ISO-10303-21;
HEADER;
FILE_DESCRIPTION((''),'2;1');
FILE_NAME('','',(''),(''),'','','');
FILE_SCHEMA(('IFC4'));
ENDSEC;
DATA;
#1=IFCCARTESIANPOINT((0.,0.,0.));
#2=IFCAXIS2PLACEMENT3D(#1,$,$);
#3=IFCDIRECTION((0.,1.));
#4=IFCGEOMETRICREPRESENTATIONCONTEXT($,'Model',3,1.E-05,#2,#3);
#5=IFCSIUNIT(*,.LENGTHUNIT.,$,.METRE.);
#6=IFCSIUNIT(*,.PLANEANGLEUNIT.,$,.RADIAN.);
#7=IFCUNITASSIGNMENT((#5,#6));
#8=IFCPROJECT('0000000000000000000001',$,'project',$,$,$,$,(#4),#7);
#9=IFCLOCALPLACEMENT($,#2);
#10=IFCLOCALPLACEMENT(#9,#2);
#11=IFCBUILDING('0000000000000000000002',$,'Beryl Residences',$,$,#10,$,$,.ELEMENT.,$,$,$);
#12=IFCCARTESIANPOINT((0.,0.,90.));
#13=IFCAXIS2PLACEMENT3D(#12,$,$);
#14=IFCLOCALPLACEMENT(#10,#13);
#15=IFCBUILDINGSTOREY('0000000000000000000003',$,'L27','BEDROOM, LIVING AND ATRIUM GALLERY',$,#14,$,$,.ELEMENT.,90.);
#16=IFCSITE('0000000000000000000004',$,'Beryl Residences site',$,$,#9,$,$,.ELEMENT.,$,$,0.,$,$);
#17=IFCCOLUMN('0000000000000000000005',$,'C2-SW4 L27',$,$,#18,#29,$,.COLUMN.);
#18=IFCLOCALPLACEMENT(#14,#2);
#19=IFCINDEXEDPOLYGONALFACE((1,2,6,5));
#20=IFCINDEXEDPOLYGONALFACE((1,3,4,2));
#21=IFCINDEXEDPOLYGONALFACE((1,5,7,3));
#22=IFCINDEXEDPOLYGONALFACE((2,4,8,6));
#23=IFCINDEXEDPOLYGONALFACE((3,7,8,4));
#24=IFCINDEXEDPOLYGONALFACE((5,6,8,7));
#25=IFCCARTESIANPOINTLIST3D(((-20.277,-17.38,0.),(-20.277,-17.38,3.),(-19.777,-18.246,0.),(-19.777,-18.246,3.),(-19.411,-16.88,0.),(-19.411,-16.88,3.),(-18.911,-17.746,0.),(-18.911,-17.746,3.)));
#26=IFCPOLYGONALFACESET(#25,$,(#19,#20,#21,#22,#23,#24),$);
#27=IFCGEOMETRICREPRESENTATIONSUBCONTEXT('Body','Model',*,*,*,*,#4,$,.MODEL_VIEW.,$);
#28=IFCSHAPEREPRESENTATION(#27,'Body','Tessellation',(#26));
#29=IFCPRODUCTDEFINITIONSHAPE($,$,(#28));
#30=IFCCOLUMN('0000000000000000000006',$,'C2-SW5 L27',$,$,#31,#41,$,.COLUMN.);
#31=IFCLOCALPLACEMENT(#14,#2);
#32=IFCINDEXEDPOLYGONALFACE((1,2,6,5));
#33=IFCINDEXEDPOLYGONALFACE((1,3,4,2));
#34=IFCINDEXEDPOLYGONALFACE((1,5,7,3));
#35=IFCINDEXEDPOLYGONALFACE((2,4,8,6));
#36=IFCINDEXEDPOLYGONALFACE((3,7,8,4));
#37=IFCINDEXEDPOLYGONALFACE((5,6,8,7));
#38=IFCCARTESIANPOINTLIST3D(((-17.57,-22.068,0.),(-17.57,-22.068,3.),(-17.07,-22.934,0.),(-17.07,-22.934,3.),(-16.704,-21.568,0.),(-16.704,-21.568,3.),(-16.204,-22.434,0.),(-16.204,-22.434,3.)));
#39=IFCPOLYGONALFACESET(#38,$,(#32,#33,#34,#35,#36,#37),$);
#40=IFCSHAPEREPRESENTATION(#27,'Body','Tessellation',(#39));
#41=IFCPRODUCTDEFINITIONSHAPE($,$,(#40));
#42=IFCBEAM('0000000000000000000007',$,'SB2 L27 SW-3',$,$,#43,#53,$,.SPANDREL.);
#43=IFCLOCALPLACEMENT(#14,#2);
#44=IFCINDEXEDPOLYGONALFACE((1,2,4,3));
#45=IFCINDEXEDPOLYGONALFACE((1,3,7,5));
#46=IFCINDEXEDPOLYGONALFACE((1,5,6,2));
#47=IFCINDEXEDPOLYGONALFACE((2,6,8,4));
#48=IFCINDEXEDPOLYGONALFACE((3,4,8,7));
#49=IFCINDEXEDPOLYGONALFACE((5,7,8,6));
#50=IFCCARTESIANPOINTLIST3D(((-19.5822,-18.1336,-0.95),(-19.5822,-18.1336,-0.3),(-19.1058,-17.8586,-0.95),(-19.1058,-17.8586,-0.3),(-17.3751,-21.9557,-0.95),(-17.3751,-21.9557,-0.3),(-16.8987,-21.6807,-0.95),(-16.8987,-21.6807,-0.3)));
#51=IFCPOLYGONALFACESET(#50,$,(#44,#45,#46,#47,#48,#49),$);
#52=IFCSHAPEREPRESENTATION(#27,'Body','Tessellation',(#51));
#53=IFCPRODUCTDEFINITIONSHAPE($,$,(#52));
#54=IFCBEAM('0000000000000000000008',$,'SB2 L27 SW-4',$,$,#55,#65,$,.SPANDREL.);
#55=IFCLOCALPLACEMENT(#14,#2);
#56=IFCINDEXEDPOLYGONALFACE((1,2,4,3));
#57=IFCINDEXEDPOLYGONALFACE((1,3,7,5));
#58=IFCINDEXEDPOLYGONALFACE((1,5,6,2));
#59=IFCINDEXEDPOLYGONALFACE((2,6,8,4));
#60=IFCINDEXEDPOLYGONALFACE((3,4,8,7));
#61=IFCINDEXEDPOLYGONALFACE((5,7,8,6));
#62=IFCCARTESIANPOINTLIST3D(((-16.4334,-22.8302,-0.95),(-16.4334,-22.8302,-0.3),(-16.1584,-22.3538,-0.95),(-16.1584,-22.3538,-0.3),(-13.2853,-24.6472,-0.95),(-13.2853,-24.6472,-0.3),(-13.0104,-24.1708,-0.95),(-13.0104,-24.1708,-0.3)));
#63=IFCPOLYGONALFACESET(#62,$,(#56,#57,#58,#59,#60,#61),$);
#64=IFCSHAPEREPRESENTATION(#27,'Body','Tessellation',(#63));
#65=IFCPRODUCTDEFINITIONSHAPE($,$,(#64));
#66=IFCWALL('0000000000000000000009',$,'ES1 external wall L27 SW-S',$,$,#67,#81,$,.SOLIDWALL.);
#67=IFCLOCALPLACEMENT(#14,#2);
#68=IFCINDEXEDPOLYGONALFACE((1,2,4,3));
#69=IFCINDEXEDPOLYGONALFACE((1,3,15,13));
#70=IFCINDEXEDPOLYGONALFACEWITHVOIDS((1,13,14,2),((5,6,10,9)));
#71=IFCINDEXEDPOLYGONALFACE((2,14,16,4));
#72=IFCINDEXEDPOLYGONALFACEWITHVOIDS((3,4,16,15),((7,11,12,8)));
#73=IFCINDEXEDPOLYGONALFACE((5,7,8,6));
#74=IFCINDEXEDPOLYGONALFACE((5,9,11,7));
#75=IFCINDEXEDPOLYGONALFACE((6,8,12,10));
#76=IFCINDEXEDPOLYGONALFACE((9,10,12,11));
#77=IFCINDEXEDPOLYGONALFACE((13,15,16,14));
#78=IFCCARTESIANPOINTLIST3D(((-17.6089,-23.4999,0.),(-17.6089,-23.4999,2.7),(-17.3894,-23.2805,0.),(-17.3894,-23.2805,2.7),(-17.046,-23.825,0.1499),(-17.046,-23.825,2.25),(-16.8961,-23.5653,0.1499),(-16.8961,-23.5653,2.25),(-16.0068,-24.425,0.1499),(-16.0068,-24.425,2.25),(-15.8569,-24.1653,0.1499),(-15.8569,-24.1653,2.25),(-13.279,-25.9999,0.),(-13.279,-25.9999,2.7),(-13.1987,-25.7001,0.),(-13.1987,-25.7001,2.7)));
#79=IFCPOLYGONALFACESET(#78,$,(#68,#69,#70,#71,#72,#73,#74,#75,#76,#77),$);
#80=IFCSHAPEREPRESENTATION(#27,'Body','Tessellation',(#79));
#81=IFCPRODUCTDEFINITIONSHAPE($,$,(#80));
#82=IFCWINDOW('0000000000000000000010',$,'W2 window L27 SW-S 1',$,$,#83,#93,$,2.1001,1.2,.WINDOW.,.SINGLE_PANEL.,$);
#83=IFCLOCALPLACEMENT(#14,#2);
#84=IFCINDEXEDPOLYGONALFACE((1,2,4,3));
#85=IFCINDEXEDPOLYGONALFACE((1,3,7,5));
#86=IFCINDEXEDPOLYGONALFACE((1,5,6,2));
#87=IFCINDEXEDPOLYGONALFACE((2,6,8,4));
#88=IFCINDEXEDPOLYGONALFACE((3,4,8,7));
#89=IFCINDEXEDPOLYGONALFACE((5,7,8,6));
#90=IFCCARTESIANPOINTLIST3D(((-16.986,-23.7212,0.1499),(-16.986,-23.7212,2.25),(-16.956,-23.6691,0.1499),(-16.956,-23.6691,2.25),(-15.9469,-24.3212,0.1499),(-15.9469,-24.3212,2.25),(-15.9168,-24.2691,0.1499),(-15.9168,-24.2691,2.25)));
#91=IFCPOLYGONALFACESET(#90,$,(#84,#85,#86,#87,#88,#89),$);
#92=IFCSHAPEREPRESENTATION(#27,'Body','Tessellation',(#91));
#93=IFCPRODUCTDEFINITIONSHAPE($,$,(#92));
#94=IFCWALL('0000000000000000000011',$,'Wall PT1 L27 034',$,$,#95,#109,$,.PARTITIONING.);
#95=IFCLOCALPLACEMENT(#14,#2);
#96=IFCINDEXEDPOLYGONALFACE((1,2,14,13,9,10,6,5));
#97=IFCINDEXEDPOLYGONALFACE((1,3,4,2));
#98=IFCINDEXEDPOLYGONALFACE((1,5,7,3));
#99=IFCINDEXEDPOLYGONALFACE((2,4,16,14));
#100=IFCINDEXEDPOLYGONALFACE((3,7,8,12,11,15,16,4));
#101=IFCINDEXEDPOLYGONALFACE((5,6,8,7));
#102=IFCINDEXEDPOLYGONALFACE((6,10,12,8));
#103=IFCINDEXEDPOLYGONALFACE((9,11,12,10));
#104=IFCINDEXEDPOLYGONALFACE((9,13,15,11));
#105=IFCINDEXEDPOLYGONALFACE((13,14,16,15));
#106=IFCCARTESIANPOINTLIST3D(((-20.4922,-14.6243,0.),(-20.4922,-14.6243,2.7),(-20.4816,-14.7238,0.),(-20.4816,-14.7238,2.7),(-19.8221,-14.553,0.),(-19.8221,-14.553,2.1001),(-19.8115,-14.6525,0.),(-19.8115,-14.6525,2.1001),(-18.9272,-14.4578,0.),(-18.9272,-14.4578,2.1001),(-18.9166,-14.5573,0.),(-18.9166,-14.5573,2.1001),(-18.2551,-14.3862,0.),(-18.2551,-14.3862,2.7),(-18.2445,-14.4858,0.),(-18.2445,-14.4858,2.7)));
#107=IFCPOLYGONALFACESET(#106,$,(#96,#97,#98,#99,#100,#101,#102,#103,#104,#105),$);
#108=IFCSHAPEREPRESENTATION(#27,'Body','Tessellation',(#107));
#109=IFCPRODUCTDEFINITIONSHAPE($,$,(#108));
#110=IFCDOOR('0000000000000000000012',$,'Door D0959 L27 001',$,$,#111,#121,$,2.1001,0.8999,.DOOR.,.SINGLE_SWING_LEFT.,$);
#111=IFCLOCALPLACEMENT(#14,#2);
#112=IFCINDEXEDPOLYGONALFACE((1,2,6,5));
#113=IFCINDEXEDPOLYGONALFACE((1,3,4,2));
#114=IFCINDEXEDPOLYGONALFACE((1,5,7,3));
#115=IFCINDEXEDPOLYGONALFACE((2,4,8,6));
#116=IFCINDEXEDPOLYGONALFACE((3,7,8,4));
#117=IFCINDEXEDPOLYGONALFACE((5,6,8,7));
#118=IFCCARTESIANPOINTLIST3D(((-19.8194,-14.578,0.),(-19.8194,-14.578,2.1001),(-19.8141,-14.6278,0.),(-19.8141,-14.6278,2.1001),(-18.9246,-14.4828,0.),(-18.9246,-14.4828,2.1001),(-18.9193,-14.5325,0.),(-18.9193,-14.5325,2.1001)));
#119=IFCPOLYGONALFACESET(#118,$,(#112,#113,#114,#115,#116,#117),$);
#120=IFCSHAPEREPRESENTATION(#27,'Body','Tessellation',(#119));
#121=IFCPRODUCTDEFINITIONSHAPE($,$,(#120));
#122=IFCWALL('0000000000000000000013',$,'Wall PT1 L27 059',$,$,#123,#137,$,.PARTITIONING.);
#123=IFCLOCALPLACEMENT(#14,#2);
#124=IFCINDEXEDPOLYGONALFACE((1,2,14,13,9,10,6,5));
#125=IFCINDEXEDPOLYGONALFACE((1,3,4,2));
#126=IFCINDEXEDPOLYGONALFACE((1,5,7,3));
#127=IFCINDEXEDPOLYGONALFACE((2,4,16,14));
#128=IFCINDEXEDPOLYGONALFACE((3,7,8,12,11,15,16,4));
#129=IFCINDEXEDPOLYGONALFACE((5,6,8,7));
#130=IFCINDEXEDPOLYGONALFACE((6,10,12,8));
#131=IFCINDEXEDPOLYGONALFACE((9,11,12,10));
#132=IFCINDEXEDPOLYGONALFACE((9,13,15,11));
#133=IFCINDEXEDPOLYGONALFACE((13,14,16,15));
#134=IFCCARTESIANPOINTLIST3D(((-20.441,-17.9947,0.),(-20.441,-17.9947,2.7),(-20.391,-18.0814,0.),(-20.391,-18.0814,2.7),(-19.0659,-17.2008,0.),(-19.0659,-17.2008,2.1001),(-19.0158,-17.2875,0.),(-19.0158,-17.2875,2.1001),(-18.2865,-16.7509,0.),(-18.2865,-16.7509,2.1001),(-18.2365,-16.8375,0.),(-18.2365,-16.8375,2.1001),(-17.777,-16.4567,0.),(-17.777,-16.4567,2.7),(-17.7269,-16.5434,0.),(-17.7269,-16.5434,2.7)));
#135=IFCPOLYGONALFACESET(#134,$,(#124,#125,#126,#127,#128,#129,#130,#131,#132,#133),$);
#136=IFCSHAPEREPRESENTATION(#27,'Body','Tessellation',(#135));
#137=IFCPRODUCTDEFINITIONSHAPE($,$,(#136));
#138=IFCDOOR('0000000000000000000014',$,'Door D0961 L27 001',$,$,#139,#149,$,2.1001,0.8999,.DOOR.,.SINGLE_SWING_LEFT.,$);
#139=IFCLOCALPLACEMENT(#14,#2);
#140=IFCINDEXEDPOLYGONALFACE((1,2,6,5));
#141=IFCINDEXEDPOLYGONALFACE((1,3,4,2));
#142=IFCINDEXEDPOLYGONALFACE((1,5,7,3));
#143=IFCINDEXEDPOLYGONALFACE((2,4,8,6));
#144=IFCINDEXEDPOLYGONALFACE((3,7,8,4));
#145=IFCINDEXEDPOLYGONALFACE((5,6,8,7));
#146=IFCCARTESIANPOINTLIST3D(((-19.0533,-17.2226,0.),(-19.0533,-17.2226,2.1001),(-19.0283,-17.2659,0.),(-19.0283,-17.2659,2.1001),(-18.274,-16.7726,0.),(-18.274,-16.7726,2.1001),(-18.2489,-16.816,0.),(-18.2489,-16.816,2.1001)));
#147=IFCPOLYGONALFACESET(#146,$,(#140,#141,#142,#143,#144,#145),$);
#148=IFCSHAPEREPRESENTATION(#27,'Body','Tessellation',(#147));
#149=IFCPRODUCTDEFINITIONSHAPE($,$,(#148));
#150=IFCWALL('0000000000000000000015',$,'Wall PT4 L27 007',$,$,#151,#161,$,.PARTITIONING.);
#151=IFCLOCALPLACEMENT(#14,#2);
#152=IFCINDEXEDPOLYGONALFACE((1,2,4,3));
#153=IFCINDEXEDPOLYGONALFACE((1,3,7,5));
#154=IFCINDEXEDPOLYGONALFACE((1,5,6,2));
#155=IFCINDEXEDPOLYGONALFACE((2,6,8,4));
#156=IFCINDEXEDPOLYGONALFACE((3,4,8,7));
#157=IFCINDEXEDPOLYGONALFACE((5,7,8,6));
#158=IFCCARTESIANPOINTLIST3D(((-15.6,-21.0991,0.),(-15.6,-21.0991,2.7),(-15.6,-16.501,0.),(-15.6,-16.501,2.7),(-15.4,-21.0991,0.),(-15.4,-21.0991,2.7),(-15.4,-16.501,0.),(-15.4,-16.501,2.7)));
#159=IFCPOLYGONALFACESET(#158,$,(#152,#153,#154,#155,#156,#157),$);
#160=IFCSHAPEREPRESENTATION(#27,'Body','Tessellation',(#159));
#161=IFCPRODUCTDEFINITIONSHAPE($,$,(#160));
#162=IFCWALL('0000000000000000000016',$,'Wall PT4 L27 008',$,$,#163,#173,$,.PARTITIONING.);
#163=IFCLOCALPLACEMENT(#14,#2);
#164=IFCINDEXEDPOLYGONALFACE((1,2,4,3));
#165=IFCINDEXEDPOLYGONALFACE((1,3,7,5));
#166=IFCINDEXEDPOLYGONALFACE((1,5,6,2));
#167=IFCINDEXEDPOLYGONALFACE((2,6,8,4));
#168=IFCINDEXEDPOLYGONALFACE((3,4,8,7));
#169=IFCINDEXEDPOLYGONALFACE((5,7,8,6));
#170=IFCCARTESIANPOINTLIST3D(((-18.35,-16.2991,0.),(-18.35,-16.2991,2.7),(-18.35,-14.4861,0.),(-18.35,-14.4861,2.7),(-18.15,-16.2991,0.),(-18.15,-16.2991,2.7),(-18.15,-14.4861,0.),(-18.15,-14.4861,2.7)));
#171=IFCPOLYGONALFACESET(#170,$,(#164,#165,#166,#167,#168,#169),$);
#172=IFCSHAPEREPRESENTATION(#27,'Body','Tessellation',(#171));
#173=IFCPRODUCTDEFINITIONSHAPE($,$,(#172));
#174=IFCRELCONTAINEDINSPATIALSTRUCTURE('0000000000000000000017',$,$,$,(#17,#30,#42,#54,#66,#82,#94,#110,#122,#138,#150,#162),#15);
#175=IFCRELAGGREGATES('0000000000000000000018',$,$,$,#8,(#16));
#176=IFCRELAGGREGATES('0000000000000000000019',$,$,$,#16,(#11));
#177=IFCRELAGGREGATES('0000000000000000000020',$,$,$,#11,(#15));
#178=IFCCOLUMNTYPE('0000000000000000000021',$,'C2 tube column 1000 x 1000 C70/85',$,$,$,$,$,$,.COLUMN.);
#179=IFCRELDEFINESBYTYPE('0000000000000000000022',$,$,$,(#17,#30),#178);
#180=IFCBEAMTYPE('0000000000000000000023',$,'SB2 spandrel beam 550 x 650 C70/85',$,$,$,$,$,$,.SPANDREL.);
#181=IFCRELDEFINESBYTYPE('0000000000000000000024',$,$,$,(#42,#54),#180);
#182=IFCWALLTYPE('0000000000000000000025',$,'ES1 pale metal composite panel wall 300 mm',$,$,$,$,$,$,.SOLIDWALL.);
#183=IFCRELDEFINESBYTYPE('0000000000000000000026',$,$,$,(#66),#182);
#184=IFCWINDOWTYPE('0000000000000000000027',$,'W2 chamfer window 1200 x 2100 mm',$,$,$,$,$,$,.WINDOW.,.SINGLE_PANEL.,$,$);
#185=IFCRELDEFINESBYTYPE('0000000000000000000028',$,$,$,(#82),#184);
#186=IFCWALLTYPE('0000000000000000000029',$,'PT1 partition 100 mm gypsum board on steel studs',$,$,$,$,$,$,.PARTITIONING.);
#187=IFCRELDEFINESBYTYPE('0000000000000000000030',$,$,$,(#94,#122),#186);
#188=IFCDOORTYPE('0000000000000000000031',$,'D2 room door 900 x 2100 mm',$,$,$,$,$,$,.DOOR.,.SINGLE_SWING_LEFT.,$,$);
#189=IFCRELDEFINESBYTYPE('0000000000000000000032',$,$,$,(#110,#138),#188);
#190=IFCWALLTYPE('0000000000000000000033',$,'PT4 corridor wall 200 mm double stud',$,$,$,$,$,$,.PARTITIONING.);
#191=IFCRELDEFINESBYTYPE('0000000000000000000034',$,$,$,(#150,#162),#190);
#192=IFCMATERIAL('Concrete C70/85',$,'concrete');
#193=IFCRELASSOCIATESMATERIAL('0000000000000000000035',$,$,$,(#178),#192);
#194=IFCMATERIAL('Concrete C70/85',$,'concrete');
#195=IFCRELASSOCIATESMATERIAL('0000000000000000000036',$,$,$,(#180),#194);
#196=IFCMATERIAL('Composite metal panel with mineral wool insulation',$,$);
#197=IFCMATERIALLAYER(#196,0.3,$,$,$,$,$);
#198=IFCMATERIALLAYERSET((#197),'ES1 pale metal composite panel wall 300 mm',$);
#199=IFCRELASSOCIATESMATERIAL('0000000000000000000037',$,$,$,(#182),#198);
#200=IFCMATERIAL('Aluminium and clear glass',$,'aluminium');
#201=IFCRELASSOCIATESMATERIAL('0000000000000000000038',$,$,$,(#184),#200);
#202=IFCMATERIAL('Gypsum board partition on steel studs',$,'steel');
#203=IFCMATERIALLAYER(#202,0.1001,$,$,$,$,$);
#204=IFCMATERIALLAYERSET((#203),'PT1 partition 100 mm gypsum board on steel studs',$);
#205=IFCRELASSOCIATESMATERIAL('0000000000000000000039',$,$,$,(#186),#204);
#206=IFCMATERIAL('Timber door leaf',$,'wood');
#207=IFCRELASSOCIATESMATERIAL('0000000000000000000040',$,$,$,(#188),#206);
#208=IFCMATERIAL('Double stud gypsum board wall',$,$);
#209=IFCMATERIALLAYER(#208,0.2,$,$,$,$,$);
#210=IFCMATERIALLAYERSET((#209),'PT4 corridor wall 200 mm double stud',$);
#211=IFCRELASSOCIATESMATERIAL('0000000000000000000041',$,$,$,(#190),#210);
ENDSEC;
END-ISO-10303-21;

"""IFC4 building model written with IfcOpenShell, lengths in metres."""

from ifc_helpers import new_model, si_unit, direction, frame, frame_2d, origin, origin_2d, place, context, subcontext, project, spatial, polyline, rectangle, outline, extrude, material, layer, layer_set, material_profile, profile_set, type_object, element, fill, save


model = new_model("IFC4")

# Units and contexts
model_context = context("Model", 3, precision=1e-05, world=origin(), true_north=direction((0.0, 1.0)))
body_context = subcontext(model_context, "Body", "Model", "MODEL_VIEW")
ifc_project = project(units=[si_unit("LENGTHUNIT", "METRE"), si_unit("PLANEANGLEUNIT", "RADIAN")], contexts=[model_context])

# Site, building, storey
site_placement = place(None, origin())
site = spatial("IfcSite", under=ifc_project, at=site_placement, Name="Beryl Residences site", CompositionType="ELEMENT", RefElevation=0.0)
building_placement = place(site_placement, origin())
building = spatial("IfcBuilding", under=site, at=building_placement, Name="Beryl Residences", CompositionType="ELEMENT")
storey_placement = place(building_placement, frame((0.0, 0.0, 90.0)))
storey = spatial("IfcBuildingStorey", under=building, at=storey_placement, Name="L27", Description="BEDROOM, LIVING AND ATRIUM GALLERY", CompositionType="ELEMENT", Elevation=90.0)

# Columns
ifc_material_1 = material(Name="Concrete C70/85", Category="concrete")
ifc_material_profile_1 = material_profile(ifc_material_1, rectangle(XDim=1.0, YDim=1.0, at=origin_2d()))
ifc_profile_set_1 = profile_set([ifc_material_profile_1], Name="Concrete C70/85")
column_type = type_object("IfcColumnType", Name="C2 tube column 1000 x 1000 C70/85", PredefinedType="COLUMN", material=ifc_profile_set_1)
for number, where, z_axis, x_axis, name in (
    (1, (-19.594, -17.563, 0.0), (0.0, 0.0, 1.0), (0.5, -0.866025, 0.0), "C2-SW4 L27"),
    (2, (-16.887, -22.251, 0.0), (0.0, 0.0, 1.0), (0.5, -0.866025, 0.0), "C2-SW5 L27"),
):
    element("IfcColumn", number, at=place(storey_placement, frame(where, z_axis=z_axis, x_axis=x_axis)), inside=storey, type_object=column_type, Name=name, PredefinedType="COLUMN", context=body_context, shape_type="SweptSolid", body=[
        extrude(rectangle(XDim=1.0, YDim=1.0, at=origin_2d()), origin(), (0.0, 0.0, 1.0), 3.0),
    ])

# Beams
ifc_material_2 = material(Name="Concrete C70/85", Category="concrete")
ifc_material_profile_2 = material_profile(ifc_material_2, rectangle(XDim=0.55, YDim=0.6499, at=origin_2d()))
ifc_profile_set_2 = profile_set([ifc_material_profile_2], Name="Concrete C70/85")
beam_type = type_object("IfcBeamType", Name="SB2 spandrel beam 550 x 650 C70/85", PredefinedType="SPANDREL", material=ifc_profile_set_2)
beam_1_placement = place(storey_placement, frame((-19.344, -17.9961, -0.625), z_axis=(0.500066, -0.865988, 0.0), x_axis=(0.865988, 0.500066, 0.0)))
element("IfcBeam", 3, at=beam_1_placement, inside=storey, type_object=beam_type, Name="SB2 L27 SW-3", PredefinedType="SPANDREL", context=body_context, shape_type="SweptSolid", body=[
    extrude(rectangle(XDim=0.55, YDim=0.6499, at=origin_2d()), origin(), (0.0, 0.0, 1.0), 4.4136),
])
beam_2_placement = place(storey_placement, frame((-16.2959, -22.592, -0.625), z_axis=(0.866094, -0.499881, 0.0), x_axis=(0.499881, 0.866094, 0.0)))
element("IfcBeam", 4, at=beam_2_placement, inside=storey, type_object=beam_type, Name="SB2 L27 SW-4", PredefinedType="SPANDREL", context=body_context, shape_type="SweptSolid", body=[
    extrude(rectangle(XDim=0.55, YDim=0.6499, at=origin_2d()), origin(), (0.0, 0.0, 1.0), 3.6348),
])

# Wall, opening, window
ifc_material_3 = material(Name="Composite metal panel with mineral wool insulation")
ifc_layer_1 = layer(ifc_material_3, 0.3)
ifc_layer_set_1 = layer_set([ifc_layer_1], Name="ES1 pale metal composite panel wall 300 mm")
wall_type_1 = type_object("IfcWallType", Name="ES1 pale metal composite panel wall 300 mm", PredefinedType="SOLIDWALL", material=ifc_layer_set_1)
wall_1_placement = place(storey_placement, frame((-17.5339, -23.3701, 0.0), z_axis=(0.0, 0.0, 1.0), x_axis=(0.866011, -0.500025, 0.0)))
wall_1 = element("IfcWall", 5, at=wall_1_placement, inside=storey, type_object=wall_type_1, Name="ES1 external wall L27 SW-S", PredefinedType="SOLIDWALL", context=body_context, shape_type="SweptSolid", body=[
    extrude(outline(polyline([(0.0, -0.1499), (4.9998, -0.1499), (4.9194, 0.1499), (0.0803, 0.1499), (0.0, -0.1499)])), origin(), (0.0, 0.0, 1.0), 2.7),
])
opening_1_placement = place(wall_1_placement, frame((0.6499, 0.0, 0.1499)))
opening_1 = element("IfcOpeningElement", 6, at=opening_1_placement, cuts=wall_1, PredefinedType="OPENING", context=body_context, shape_type="SweptSolid", body=[
    extrude(rectangle(XDim=1.2, YDim=2.1001, at=frame_2d((0.6001, 1.05))), frame((0.0, 0.1599, 0.0), z_axis=(0.0, -1.0, 0.0), x_axis=(1.0, 0.0, 0.0)), (0.0, 0.0, 1.0), 0.3201),
])
ifc_material_4 = material(Name="Aluminium and clear glass", Category="aluminium")
window_type = type_object("IfcWindowType", Name="W2 chamfer window 1200 x 2100 mm", PartitioningType="SINGLE_PANEL", PredefinedType="WINDOW", material=ifc_material_4)
window_placement = place(opening_1_placement, origin())
window = element("IfcWindow", 7, at=window_placement, inside=storey, type_object=window_type, Name="W2 window L27 SW-S 1", OverallHeight=2.1001, OverallWidth=1.2, PartitioningType="SINGLE_PANEL", PredefinedType="WINDOW", context=body_context, shape_type="SweptSolid", body=[
    extrude(rectangle(XDim=1.2, YDim=2.1001, at=frame_2d((0.6001, 1.05))), frame((0.0, 0.03, 0.0), z_axis=(0.0, -1.0, 0.0), x_axis=(1.0, 0.0, 0.0)), (0.0, 0.0, 1.0), 0.0601),
])
fill(opening_1, window)

# Walls, openings, doors
ifc_material_5 = material(Name="Gypsum board partition on steel studs", Category="steel")
ifc_layer_2 = layer(ifc_material_5, 0.1001)
ifc_layer_set_2 = layer_set([ifc_layer_2], Name="PT1 partition 100 mm gypsum board on steel studs")
wall_type_2 = type_object("IfcWallType", Name="PT1 partition 100 mm gypsum board on steel studs", PredefinedType="PARTITIONING", material=ifc_layer_set_2)
wall_2_placement = place(storey_placement, frame((-20.4871, -14.6741, 0.0), z_axis=(0.0, 0.0, 1.0), x_axis=(0.994386, 0.105809, 0.0)))
wall_2 = element("IfcWall", 8, at=wall_2_placement, inside=storey, type_object=wall_type_2, Name="Wall PT1 L27 034", PredefinedType="PARTITIONING", context=body_context, shape_type="SweptSolid", body=[
    extrude(rectangle(XDim=2.2498, YDim=0.1001, at=frame_2d((1.125, 0.0))), origin(), (0.0, 0.0, 1.0), 2.7),
])
opening_2_placement = place(wall_2_placement, frame((0.6741, 0.0, 0.0)))
opening_2 = element("IfcOpeningElement", 9, at=opening_2_placement, cuts=wall_2, PredefinedType="OPENING", context=body_context, shape_type="SweptSolid", body=[
    extrude(rectangle(XDim=0.8999, YDim=2.1001, at=frame_2d((0.45, 1.05))), frame((0.0, 0.0601, 0.0), z_axis=(0.0, -1.0, 0.0), x_axis=(1.0, 0.0, 0.0)), (0.0, 0.0, 1.0), 0.1201),
])
ifc_material_6 = material(Name="Timber door leaf", Category="wood")
door_type_1 = type_object("IfcDoorType", Name="D2 room door 900 x 2100 mm", OperationType="SINGLE_SWING_LEFT", PredefinedType="DOOR", material=ifc_material_6)
door_1_placement = place(opening_2_placement, origin())
door_1 = element("IfcDoor", 10, at=door_1_placement, inside=storey, type_object=door_type_1, Name="Door D0959 L27 001", OperationType="SINGLE_SWING_LEFT", OverallHeight=2.1001, OverallWidth=0.8999, PredefinedType="DOOR", context=body_context, shape_type="SweptSolid", body=[
    extrude(rectangle(XDim=0.8999, YDim=2.1001, at=frame_2d((0.45, 1.05))), frame((0.0, 0.0249, 0.0), z_axis=(0.0, -1.0, 0.0), x_axis=(1.0, 0.0, 0.0)), (0.0, 0.0, 1.0), 0.05),
])
fill(opening_2, door_1)
wall_3_placement = place(storey_placement, frame((-20.416, -18.0381, 0.0), z_axis=(0.0, 0.0, 1.0), x_axis=(0.866027, 0.499997, 0.0)))
wall_3 = element("IfcWall", 11, at=wall_3_placement, inside=storey, type_object=wall_type_2, Name="Wall PT1 L27 059", PredefinedType="PARTITIONING", context=body_context, shape_type="SweptSolid", body=[
    extrude(rectangle(XDim=3.0762, YDim=0.1001, at=frame_2d((1.5381, 0.0))), origin(), (0.0, 0.0, 1.0), 2.7),
])
opening_3_placement = place(wall_3_placement, frame((1.5879, 0.0, 0.0)))
opening_3 = element("IfcOpeningElement", 12, at=opening_3_placement, cuts=wall_3, PredefinedType="OPENING", context=body_context, shape_type="SweptSolid", body=[
    extrude(rectangle(XDim=0.8999, YDim=2.1001, at=frame_2d((0.45, 1.05))), frame((0.0, 0.0601, 0.0), z_axis=(0.0, -1.0, 0.0), x_axis=(1.0, 0.0, 0.0)), (0.0, 0.0, 1.0), 0.1201),
])
door_2_placement = place(opening_3_placement, origin())
door_2 = element("IfcDoor", 13, at=door_2_placement, inside=storey, type_object=door_type_1, Name="Door D0961 L27 001", OperationType="SINGLE_SWING_LEFT", OverallHeight=2.1001, OverallWidth=0.8999, PredefinedType="DOOR", context=body_context, shape_type="SweptSolid", body=[
    extrude(rectangle(XDim=0.8999, YDim=2.1001, at=frame_2d((0.45, 1.05))), frame((0.0, 0.0249, 0.0), z_axis=(0.0, -1.0, 0.0), x_axis=(1.0, 0.0, 0.0)), (0.0, 0.0, 1.0), 0.05),
])
fill(opening_3, door_2)

# Walls
ifc_material_7 = material(Name="Double stud gypsum board wall")
ifc_layer_3 = layer(ifc_material_7, 0.2)
ifc_layer_set_3 = layer_set([ifc_layer_3], Name="PT4 corridor wall 200 mm double stud")
wall_type_3 = type_object("IfcWallType", Name="PT4 corridor wall 200 mm double stud", PredefinedType="PARTITIONING", material=ifc_layer_set_3)
wall_4_placement = place(storey_placement, frame((-15.5, -16.501, 0.0), z_axis=(0.0, 0.0, 1.0), x_axis=(0.0, -1.0, 0.0)))
element("IfcWall", 14, at=wall_4_placement, inside=storey, type_object=wall_type_3, Name="Wall PT4 L27 007", PredefinedType="PARTITIONING", context=body_context, shape_type="SweptSolid", body=[
    extrude(rectangle(XDim=4.5981, YDim=0.2, at=frame_2d((2.2991, 0.0))), origin(), (0.0, 0.0, 1.0), 2.7),
])
wall_5_placement = place(storey_placement, frame((-18.25, -14.4861, 0.0), z_axis=(0.0, 0.0, 1.0), x_axis=(0.0, -1.0, 0.0)))
element("IfcWall", 15, at=wall_5_placement, inside=storey, type_object=wall_type_3, Name="Wall PT4 L27 008", PredefinedType="PARTITIONING", context=body_context, shape_type="SweptSolid", body=[
    extrude(rectangle(XDim=1.813, YDim=0.2, at=frame_2d((0.9065, 0.0))), origin(), (0.0, 0.0, 1.0), 2.7),
])

save(model, "model.ifc")
